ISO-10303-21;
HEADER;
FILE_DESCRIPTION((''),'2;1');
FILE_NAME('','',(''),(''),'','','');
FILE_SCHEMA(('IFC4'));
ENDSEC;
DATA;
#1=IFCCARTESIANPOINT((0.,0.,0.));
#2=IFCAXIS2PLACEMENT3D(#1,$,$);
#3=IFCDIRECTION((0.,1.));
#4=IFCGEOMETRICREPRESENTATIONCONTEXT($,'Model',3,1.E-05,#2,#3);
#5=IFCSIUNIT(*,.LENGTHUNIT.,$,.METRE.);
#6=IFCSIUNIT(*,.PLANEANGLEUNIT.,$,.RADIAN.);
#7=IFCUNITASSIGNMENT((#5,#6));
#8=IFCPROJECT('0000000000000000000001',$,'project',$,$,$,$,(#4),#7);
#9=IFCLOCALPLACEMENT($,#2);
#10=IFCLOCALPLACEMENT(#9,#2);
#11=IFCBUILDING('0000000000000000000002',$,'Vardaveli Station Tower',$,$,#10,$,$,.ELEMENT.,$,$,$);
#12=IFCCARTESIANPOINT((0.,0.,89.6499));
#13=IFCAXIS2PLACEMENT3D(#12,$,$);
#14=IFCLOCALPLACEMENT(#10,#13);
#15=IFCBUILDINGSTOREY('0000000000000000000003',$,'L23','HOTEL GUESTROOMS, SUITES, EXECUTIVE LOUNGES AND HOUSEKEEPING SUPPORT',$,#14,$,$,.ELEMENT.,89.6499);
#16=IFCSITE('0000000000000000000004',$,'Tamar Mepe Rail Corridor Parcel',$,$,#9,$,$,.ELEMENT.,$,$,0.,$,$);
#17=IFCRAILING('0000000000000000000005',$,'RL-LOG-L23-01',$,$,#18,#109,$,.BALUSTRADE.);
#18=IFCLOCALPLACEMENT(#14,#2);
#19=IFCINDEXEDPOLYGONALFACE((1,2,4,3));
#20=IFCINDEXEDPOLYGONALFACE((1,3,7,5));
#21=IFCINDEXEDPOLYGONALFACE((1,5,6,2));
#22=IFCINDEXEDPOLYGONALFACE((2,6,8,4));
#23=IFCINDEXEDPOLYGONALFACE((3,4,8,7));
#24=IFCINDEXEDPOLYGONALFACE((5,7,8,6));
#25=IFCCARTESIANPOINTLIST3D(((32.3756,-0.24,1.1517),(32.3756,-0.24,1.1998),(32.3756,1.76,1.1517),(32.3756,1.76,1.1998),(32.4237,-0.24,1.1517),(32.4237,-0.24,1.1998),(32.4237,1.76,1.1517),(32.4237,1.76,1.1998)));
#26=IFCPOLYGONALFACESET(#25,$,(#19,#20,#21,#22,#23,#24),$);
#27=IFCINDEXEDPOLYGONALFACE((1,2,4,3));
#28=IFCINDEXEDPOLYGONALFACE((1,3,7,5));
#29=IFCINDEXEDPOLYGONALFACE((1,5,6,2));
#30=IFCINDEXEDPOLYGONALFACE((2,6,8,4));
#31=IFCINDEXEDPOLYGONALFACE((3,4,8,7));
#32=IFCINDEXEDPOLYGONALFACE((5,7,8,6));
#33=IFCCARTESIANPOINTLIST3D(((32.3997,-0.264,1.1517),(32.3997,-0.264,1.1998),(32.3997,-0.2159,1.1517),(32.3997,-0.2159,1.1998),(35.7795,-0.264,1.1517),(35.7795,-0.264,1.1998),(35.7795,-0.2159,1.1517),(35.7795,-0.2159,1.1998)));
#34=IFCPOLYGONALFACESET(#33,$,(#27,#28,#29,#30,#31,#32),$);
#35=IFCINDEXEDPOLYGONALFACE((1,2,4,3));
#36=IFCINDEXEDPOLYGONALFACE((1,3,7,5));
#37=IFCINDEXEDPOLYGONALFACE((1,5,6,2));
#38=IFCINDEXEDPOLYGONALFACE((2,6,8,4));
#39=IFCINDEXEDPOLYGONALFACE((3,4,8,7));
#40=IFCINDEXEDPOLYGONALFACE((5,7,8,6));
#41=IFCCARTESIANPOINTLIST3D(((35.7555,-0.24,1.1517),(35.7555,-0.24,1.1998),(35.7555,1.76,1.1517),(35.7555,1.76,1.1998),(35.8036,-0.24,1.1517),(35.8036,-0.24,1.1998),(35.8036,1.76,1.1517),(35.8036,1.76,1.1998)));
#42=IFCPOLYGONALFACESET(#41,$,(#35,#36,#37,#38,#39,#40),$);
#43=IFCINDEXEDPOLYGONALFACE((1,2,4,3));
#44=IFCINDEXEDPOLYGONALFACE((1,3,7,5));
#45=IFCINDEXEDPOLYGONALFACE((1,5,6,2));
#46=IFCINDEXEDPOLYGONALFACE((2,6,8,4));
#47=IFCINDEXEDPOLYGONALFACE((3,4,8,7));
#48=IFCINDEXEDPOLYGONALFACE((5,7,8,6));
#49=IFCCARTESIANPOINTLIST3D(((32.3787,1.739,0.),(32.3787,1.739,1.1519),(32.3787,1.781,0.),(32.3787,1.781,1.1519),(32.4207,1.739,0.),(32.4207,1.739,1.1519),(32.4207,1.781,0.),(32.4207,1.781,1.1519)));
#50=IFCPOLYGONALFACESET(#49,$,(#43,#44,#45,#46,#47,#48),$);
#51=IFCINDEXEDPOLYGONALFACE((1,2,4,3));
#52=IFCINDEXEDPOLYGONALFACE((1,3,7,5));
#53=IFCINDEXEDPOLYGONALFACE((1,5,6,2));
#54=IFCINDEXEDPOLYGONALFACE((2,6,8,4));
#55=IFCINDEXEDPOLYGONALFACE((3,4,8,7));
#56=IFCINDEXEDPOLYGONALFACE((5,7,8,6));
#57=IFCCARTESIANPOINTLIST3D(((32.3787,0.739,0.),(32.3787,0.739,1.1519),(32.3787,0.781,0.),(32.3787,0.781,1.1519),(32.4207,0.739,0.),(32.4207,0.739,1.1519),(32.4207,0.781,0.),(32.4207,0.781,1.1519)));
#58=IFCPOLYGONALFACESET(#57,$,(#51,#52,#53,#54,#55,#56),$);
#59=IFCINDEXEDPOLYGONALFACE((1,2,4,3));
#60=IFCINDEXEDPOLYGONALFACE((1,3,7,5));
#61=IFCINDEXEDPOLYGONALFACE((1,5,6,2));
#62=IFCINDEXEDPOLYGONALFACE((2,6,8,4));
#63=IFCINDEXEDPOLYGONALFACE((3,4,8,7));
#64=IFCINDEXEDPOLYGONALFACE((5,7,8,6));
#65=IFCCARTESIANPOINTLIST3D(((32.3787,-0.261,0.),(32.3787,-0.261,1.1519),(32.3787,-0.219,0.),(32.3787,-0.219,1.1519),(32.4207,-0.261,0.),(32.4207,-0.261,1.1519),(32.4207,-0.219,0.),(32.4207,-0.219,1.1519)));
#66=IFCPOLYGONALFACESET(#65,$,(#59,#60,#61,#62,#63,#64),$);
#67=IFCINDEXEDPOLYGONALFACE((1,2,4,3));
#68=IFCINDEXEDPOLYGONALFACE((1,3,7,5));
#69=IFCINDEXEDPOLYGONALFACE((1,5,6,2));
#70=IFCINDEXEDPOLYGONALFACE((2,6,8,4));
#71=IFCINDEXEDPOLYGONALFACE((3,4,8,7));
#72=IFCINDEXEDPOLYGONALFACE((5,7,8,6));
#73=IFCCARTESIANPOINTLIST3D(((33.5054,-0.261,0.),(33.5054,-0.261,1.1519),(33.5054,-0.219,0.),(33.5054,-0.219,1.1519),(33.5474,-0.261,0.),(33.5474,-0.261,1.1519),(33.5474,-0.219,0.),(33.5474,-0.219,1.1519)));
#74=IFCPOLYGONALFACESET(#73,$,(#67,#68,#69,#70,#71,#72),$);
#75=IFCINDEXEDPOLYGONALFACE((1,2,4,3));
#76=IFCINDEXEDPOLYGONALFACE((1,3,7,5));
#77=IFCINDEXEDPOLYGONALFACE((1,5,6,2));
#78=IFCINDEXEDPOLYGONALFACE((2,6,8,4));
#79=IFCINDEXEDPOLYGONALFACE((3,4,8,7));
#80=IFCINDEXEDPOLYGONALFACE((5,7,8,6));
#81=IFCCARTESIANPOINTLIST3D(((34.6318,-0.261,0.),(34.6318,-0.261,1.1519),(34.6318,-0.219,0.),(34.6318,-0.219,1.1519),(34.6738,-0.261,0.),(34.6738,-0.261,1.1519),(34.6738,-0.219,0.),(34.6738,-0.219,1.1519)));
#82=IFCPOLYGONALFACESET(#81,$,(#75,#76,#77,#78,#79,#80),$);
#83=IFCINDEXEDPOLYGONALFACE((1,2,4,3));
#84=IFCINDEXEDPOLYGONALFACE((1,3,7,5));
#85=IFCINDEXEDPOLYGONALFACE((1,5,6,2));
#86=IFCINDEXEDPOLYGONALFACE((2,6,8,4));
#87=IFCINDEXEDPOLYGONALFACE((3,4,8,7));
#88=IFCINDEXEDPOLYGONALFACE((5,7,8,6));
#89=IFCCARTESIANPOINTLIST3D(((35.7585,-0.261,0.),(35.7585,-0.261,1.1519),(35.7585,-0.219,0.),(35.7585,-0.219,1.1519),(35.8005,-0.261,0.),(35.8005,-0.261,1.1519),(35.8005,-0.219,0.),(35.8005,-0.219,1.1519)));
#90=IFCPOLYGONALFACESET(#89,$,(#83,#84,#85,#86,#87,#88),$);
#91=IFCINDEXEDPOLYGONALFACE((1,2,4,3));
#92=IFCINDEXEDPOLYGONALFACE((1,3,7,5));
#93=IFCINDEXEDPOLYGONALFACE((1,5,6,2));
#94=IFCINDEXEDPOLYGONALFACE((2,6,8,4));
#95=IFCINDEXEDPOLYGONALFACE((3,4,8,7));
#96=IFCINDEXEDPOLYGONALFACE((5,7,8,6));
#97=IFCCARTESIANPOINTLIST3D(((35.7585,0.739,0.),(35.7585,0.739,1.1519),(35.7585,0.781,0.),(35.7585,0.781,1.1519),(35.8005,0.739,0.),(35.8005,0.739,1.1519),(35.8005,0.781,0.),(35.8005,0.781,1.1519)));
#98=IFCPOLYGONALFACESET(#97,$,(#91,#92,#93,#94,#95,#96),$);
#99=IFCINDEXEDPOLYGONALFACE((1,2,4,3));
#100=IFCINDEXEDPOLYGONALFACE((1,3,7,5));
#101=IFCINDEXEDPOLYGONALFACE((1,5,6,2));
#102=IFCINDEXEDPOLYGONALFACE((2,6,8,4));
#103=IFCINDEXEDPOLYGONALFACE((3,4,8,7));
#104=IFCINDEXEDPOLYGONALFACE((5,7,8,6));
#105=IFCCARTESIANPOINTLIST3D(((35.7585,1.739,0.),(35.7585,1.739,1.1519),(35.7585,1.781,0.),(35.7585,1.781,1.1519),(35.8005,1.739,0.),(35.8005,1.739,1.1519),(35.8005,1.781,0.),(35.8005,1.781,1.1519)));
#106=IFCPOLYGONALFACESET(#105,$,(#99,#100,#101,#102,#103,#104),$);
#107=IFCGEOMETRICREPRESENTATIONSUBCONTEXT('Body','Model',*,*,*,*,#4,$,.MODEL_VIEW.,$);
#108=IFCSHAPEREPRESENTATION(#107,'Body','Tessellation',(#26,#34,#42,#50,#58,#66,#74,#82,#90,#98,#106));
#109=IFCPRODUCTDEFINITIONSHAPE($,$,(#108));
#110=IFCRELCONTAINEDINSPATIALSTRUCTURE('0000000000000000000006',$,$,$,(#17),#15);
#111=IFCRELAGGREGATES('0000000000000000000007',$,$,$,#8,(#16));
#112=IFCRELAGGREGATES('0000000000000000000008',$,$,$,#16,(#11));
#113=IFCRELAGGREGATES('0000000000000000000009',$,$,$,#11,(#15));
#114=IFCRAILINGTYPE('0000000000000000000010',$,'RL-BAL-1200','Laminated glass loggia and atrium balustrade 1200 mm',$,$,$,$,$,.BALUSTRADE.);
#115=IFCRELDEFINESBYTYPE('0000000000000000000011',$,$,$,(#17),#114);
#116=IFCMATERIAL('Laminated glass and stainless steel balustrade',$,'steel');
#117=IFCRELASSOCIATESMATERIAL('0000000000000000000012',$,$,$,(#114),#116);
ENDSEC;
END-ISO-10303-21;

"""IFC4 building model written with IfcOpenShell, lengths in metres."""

from ifc_helpers import new_model, si_unit, direction, frame, origin, origin_2d, place, context, subcontext, project, spatial, rectangle, extrude, source, transform, mapped, material, type_object, element, save


model = new_model("IFC4")

# Units and contexts
model_context = context("Model", 3, precision=1e-05, world=origin(), true_north=direction((0.0, 1.0)))
body_context = subcontext(model_context, "Body", "Model", "MODEL_VIEW")
ifc_project = project(units=[si_unit("LENGTHUNIT", "METRE"), si_unit("PLANEANGLEUNIT", "RADIAN")], contexts=[model_context])

# Site, building, storey
site_placement = place(None, origin())
site = spatial("IfcSite", under=ifc_project, at=site_placement, Name="Tamar Mepe Rail Corridor Parcel", CompositionType="ELEMENT", RefElevation=0.0)
building_placement = place(site_placement, origin())
building = spatial("IfcBuilding", under=site, at=building_placement, Name="Vardaveli Station Tower", CompositionType="ELEMENT")
storey_placement = place(building_placement, frame((0.0, 0.0, 89.6499)))
storey = spatial("IfcBuildingStorey", under=building, at=storey_placement, Name="L23", Description="HOTEL GUESTROOMS, SUITES, EXECUTIVE LOUNGES AND HOUSEKEEPING SUPPORT", CompositionType="ELEMENT", Elevation=89.6499)

# Railing
ifc_material_1 = material(Name="Laminated glass and stainless steel balustrade", Category="steel")
railing_type = type_object("IfcRailingType", Name="RL-BAL-1200", Description="Laminated glass loggia and atrium balustrade 1200 mm", PredefinedType="BALUSTRADE", material=ifc_material_1)
shared_shape_1 = source(origin(), body_context, "Body", "SweptSolid", [
    extrude(rectangle(XDim=0.0481, YDim=0.0481, at=origin_2d()), frame((0.0, 0.0, 1.1758), z_axis=(0.0, -1.0, 0.0), x_axis=(1.0, 0.0, 0.0)), (0.0, 0.0, 1.0), 2.0),
    extrude(rectangle(XDim=0.0481, YDim=0.0481, at=origin_2d()), frame((0.0, -2.0, 1.1758), z_axis=(1.0, 0.0, 0.0), x_axis=(0.0, 1.0, 0.0)), (0.0, 0.0, 1.0), 3.3799),
    extrude(rectangle(XDim=0.0481, YDim=0.0481, at=origin_2d()), frame((3.3799, -2.0, 1.1758), z_axis=(0.0, 1.0, 0.0), x_axis=(-1.0, 0.0, 0.0)), (0.0, 0.0, 1.0), 2.0),
    extrude(rectangle(XDim=0.042, YDim=0.042, at=origin_2d()), origin(), (0.0, 0.0, 1.0), 1.1519),
    extrude(rectangle(XDim=0.042, YDim=0.042, at=origin_2d()), frame((0.0, -1.0, 0.0)), (0.0, 0.0, 1.0), 1.1519),
    extrude(rectangle(XDim=0.042, YDim=0.042, at=origin_2d()), frame((0.0, -2.0, 0.0)), (0.0, 0.0, 1.0), 1.1519),
    extrude(rectangle(XDim=0.042, YDim=0.042, at=origin_2d()), frame((1.1267, -2.0, 0.0)), (0.0, 0.0, 1.0), 1.1519),
    extrude(rectangle(XDim=0.042, YDim=0.042, at=origin_2d()), frame((2.2532, -2.0, 0.0)), (0.0, 0.0, 1.0), 1.1519),
    extrude(rectangle(XDim=0.042, YDim=0.042, at=origin_2d()), frame((3.3799, -2.0, 0.0)), (0.0, 0.0, 1.0), 1.1519),
    extrude(rectangle(XDim=0.042, YDim=0.042, at=origin_2d()), frame((3.3799, -1.0, 0.0)), (0.0, 0.0, 1.0), 1.1519),
    extrude(rectangle(XDim=0.042, YDim=0.042, at=origin_2d()), frame((3.3799, 0.0, 0.0)), (0.0, 0.0, 1.0), 1.1519),
])
railing_1_placement = place(storey_placement, frame((32.3997, 1.76, 0.0)))
element("IfcRailing", 1, at=railing_1_placement, inside=storey, type_object=railing_type, Name="RL-LOG-L23-01", PredefinedType="BALUSTRADE", context=body_context, shape_type="MappedRepresentation", body=[
    mapped(shared_shape_1, transform((0.0, 0.0, 0.0), scale=1.0)),
])

save(model, "model.ifc")
